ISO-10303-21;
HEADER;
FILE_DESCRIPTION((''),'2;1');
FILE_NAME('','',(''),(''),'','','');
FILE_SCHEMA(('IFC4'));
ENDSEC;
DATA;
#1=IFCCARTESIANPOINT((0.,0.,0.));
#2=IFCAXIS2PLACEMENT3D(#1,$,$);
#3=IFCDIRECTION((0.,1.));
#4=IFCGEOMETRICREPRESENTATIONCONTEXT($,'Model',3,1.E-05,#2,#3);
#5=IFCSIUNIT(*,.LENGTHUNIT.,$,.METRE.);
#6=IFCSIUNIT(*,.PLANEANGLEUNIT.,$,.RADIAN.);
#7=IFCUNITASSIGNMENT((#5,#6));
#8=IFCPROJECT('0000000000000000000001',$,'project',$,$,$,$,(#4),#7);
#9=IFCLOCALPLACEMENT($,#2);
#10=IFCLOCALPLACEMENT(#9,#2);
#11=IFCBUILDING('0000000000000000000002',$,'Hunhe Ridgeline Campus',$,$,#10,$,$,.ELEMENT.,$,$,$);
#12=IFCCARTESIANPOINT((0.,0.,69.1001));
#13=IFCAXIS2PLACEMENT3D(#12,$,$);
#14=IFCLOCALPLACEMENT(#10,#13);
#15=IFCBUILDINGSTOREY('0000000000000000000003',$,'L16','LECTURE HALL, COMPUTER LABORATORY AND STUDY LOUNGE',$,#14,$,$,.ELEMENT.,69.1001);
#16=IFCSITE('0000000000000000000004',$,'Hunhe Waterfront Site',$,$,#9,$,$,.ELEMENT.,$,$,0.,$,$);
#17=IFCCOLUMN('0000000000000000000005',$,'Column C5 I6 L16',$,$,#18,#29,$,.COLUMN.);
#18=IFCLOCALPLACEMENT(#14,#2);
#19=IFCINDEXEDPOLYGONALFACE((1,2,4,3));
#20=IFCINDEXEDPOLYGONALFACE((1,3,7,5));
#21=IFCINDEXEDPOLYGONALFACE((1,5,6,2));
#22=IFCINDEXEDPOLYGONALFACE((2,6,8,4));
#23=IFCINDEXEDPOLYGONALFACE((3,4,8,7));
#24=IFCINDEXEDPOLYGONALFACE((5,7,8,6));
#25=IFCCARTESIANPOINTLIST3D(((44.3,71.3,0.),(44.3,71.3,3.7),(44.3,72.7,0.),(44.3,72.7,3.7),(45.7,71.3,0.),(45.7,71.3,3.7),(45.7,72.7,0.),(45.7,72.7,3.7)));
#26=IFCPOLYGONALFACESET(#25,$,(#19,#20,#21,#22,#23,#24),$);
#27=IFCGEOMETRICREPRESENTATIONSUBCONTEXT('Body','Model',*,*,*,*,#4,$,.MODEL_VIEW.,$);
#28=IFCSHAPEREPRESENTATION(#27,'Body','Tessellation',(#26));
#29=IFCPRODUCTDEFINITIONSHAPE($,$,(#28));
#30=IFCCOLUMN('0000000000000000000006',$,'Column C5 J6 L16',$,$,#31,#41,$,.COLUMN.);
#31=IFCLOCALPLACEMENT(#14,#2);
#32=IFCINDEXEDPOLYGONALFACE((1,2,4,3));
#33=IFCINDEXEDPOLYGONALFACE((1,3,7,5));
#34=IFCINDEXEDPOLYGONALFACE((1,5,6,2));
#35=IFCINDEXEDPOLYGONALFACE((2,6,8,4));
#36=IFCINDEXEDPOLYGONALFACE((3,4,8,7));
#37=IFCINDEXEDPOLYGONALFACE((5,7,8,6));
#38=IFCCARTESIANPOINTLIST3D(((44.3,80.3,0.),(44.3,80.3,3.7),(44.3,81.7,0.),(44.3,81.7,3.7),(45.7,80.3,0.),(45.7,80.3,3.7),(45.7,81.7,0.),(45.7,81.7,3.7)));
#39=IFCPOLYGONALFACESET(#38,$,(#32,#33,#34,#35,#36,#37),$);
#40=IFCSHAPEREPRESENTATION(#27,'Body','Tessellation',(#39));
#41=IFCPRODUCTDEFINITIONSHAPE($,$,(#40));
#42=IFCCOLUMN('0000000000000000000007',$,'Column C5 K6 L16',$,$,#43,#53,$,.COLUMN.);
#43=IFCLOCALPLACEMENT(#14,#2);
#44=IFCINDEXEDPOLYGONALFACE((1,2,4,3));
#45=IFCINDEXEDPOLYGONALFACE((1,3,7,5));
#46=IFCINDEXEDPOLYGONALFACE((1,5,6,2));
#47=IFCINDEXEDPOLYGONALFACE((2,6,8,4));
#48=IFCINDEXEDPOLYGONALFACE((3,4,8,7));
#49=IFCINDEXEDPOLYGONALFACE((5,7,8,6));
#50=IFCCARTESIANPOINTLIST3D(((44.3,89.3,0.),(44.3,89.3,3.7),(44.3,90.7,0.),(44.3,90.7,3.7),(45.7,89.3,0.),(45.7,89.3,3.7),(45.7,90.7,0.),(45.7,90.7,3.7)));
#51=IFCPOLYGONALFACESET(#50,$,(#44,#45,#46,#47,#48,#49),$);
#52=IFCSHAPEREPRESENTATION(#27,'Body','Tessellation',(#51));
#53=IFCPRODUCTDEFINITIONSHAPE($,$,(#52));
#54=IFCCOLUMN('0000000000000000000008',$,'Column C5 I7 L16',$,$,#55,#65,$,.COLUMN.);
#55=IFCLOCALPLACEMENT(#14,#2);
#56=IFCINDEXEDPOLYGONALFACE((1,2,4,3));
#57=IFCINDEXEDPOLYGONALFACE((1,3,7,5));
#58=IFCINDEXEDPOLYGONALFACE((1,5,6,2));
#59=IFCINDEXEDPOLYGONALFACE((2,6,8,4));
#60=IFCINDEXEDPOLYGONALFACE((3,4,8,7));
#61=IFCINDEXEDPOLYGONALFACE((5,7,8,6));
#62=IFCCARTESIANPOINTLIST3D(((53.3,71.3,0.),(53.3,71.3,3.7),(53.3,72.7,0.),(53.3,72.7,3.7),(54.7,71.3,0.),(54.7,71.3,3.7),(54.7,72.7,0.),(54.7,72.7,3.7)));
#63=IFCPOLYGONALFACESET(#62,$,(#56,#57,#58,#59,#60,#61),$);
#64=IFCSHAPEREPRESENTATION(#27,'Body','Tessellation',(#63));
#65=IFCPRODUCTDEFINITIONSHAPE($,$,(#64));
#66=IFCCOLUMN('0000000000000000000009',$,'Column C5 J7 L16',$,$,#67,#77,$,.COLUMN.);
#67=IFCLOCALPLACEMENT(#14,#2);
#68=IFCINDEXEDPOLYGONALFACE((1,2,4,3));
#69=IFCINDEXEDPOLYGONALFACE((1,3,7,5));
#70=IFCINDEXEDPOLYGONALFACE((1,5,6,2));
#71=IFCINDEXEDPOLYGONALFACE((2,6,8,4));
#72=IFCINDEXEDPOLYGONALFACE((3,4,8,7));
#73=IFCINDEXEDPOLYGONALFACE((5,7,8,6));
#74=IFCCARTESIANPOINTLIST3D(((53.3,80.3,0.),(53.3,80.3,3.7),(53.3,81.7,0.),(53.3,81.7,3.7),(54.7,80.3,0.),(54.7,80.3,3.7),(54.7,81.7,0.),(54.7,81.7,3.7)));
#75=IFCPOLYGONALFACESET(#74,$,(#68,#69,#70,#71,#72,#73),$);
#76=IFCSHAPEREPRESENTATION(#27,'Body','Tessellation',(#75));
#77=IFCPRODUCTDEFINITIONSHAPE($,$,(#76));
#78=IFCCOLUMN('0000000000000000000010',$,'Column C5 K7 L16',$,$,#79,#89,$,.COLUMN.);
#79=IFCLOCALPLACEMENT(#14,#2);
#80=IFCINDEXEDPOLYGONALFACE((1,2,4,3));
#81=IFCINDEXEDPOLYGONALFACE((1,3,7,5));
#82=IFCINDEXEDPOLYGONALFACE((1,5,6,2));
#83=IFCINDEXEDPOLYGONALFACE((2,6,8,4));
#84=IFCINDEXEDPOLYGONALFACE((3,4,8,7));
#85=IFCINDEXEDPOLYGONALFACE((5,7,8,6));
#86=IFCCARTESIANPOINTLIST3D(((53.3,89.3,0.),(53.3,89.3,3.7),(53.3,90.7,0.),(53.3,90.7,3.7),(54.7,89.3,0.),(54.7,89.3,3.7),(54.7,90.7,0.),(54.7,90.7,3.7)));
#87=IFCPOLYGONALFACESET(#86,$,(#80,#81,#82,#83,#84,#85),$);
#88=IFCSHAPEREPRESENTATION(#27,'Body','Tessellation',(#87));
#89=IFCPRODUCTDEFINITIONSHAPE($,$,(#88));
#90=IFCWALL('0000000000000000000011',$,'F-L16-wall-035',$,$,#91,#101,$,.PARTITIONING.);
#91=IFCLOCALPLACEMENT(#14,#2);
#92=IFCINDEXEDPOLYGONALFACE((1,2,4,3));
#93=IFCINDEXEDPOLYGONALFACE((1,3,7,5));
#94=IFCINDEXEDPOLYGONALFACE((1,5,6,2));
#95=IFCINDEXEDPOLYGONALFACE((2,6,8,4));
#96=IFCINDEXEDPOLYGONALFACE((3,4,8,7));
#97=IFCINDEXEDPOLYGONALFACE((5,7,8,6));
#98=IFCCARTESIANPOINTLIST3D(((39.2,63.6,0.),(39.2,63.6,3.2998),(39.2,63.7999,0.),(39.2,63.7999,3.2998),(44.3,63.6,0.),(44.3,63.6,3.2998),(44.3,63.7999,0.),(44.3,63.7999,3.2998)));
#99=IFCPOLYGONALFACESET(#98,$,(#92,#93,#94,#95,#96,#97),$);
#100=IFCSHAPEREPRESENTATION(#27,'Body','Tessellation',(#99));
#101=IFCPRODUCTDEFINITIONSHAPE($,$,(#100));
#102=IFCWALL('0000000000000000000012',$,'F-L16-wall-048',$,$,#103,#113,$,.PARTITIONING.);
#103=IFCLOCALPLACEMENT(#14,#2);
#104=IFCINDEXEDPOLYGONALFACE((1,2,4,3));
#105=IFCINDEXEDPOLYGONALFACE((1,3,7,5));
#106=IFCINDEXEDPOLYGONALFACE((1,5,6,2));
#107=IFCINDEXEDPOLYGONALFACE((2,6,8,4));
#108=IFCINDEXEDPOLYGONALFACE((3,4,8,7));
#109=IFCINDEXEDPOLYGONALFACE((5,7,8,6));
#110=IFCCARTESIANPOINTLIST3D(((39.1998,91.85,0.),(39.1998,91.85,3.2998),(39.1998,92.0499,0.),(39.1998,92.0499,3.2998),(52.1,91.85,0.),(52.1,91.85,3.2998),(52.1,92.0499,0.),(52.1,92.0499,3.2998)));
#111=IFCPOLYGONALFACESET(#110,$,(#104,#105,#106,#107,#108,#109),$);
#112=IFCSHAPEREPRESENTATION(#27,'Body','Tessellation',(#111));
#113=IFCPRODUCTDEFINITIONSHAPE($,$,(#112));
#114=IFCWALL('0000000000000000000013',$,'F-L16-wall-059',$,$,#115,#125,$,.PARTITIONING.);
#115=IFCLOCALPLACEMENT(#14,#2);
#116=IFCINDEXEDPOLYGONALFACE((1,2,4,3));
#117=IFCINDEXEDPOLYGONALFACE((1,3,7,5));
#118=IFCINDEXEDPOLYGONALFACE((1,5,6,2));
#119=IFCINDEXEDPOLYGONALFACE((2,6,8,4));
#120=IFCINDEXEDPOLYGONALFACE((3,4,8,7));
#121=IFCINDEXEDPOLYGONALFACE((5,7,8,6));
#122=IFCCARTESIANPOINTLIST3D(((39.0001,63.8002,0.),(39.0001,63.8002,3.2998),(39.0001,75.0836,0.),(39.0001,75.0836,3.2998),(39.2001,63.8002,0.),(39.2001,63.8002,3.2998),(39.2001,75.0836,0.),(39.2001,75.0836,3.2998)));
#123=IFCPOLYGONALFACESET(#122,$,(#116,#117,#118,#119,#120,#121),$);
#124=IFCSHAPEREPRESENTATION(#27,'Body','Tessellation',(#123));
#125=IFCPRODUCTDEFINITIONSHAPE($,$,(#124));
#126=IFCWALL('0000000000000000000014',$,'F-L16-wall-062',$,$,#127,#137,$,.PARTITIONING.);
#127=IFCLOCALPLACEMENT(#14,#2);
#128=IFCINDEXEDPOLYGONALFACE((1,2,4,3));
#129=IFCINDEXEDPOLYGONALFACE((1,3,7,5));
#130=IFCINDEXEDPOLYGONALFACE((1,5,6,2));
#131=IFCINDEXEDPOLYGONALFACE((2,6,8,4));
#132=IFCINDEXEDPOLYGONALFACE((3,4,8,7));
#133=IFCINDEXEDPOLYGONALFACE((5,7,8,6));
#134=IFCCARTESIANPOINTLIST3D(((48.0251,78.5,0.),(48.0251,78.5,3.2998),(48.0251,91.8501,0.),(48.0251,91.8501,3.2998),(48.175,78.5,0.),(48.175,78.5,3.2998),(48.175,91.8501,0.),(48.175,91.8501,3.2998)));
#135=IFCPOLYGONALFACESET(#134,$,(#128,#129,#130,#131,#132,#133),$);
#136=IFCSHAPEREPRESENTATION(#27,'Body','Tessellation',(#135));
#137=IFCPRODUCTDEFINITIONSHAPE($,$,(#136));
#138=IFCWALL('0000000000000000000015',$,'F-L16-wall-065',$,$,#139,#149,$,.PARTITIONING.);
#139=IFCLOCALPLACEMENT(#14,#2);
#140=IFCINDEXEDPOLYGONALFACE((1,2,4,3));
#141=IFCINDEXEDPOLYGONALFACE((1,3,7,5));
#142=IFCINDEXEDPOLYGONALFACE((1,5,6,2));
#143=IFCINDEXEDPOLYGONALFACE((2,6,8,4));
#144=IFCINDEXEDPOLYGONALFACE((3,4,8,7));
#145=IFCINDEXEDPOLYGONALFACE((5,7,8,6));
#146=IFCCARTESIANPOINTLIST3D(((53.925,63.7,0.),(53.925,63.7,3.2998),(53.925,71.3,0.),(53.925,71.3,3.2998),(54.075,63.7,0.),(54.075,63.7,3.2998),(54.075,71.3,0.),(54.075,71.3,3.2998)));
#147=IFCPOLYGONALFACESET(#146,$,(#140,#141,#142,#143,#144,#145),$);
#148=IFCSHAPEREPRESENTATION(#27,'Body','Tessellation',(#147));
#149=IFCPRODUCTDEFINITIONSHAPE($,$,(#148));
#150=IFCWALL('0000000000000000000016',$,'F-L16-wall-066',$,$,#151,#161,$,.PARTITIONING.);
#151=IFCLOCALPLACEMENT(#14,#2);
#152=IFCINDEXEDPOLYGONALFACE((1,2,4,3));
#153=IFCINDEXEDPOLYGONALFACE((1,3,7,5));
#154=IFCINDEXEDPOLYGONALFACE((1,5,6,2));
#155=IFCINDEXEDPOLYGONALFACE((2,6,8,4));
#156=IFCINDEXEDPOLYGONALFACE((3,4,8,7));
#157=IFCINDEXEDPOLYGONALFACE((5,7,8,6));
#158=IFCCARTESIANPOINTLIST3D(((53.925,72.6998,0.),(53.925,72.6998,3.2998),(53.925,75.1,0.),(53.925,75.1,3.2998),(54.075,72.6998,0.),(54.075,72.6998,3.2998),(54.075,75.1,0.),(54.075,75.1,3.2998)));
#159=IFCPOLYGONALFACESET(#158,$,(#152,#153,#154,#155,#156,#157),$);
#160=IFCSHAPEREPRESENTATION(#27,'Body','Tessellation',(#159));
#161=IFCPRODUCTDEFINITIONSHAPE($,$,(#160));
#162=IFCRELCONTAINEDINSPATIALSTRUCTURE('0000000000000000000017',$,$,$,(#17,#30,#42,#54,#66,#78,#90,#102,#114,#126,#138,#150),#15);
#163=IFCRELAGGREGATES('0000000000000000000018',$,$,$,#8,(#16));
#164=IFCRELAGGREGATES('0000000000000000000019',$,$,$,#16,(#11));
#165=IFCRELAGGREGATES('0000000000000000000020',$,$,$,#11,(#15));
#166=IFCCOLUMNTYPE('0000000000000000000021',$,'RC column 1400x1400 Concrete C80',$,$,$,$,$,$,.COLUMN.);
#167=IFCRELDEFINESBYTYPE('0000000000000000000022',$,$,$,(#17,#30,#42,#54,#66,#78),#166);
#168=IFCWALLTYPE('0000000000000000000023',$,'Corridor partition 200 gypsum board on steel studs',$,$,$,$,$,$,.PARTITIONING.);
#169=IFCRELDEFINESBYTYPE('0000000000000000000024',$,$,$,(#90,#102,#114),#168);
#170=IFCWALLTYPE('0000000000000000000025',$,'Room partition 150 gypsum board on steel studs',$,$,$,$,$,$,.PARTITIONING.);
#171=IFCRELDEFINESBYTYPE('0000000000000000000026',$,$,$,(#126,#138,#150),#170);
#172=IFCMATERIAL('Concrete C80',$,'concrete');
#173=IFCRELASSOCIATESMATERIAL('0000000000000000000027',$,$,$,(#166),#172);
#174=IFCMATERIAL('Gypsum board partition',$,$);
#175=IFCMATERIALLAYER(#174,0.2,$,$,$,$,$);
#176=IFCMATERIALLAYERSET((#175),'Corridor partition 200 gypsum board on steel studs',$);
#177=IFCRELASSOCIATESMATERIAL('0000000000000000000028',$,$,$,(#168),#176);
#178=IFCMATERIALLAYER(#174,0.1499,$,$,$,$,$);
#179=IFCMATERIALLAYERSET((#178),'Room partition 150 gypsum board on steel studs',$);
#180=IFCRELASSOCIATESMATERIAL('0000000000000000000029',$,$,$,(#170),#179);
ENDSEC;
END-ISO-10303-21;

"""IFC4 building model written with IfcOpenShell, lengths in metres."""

from ifc_helpers import new_model, si_unit, direction, frame, frame_2d, origin, origin_2d, place, context, subcontext, project, spatial, rectangle, extrude, material, layer, layer_set, material_profile, profile_set, type_object, element, save


model = new_model("IFC4")

# Units and contexts
model_context = context("Model", 3, precision=1e-05, world=origin(), true_north=direction((0.0, 1.0)))
body_context = subcontext(model_context, "Body", "Model", "MODEL_VIEW")
ifc_project = project(units=[si_unit("LENGTHUNIT", "METRE"), si_unit("PLANEANGLEUNIT", "RADIAN")], contexts=[model_context])

# Site, building, storey
site_placement = place(None, origin())
site = spatial("IfcSite", under=ifc_project, at=site_placement, Name="Hunhe Waterfront Site", CompositionType="ELEMENT", RefElevation=0.0)
building_placement = place(site_placement, origin())
building = spatial("IfcBuilding", under=site, at=building_placement, Name="Hunhe Ridgeline Campus", CompositionType="ELEMENT")
storey_placement = place(building_placement, frame((0.0, 0.0, 69.1001)))
storey = spatial("IfcBuildingStorey", under=building, at=storey_placement, Name="L16", Description="LECTURE HALL, COMPUTER LABORATORY AND STUDY LOUNGE", CompositionType="ELEMENT", Elevation=69.1001)

# Columns
ifc_material_1 = material(Name="Concrete C80", Category="concrete")
ifc_material_profile = material_profile(ifc_material_1, rectangle(XDim=1.3999, YDim=1.3999, at=origin_2d()))
ifc_profile_set = profile_set([ifc_material_profile], Name="Concrete C80")
column_type = type_object("IfcColumnType", Name="RC column 1400x1400 Concrete C80", PredefinedType="COLUMN", material=ifc_profile_set)
for number, where, z_axis, x_axis, name in (
    (1, (45.0, 72.0, 0.0), (0.0, 0.0, 1.0), (1.0, 0.0, 0.0), "Column C5 I6 L16"),
    (2, (45.0, 81.0, 0.0), (0.0, 0.0, 1.0), (1.0, 0.0, 0.0), "Column C5 J6 L16"),
    (3, (45.0, 90.0, 0.0), (0.0, 0.0, 1.0), (1.0, 0.0, 0.0), "Column C5 K6 L16"),
    (4, (54.0, 72.0, 0.0), (0.0, 0.0, 1.0), (1.0, 0.0, 0.0), "Column C5 I7 L16"),
    (5, (54.0, 81.0, 0.0), (0.0, 0.0, 1.0), (1.0, 0.0, 0.0), "Column C5 J7 L16"),
    (6, (54.0, 90.0, 0.0), (0.0, 0.0, 1.0), (1.0, 0.0, 0.0), "Column C5 K7 L16"),
):
    element("IfcColumn", number, at=place(storey_placement, frame(where, z_axis=z_axis, x_axis=x_axis)), inside=storey, type_object=column_type, Name=name, PredefinedType="COLUMN", context=body_context, shape_type="SweptSolid", body=[
        extrude(rectangle(XDim=1.3999, YDim=1.3999, at=origin_2d()), origin(), (0.0, 0.0, 1.0), 3.7),
    ])

# Wall
ifc_material_2 = material(Name="Gypsum board partition")
ifc_layer_1 = layer(ifc_material_2, 0.2)
ifc_layer_set_1 = layer_set([ifc_layer_1], Name="Corridor partition 200 gypsum board on steel studs")
wall_type_1 = type_object("IfcWallType", Name="Corridor partition 200 gypsum board on steel studs", PredefinedType="PARTITIONING", material=ifc_layer_set_1)
wall_1_placement = place(storey_placement, frame((39.2, 63.7, 0.0), z_axis=(0.0, 0.0, 1.0), x_axis=(1.0, 0.0, 0.0)))
element("IfcWall", 7, at=wall_1_placement, inside=storey, type_object=wall_type_1, Name="F-L16-wall-035", PredefinedType="PARTITIONING", context=body_context, shape_type="SweptSolid", body=[
    extrude(rectangle(XDim=5.1001, YDim=0.2, at=frame_2d((2.55, 0.0))), origin(), (0.0, 0.0, 1.0), 3.2998),
])

# Walls
wall_2_placement = place(storey_placement, frame((52.1001, 91.95, 0.0), z_axis=(0.0, 0.0, 1.0), x_axis=(-1.0, 0.0, 0.0)))
element("IfcWall", 8, at=wall_2_placement, inside=storey, type_object=wall_type_1, Name="F-L16-wall-048", PredefinedType="PARTITIONING", context=body_context, shape_type="SweptSolid", body=[
    extrude(rectangle(XDim=12.9001, YDim=0.2, at=frame_2d((6.4502, 0.0))), origin(), (0.0, 0.0, 1.0), 3.2998),
])
wall_3_placement = place(storey_placement, frame((39.1001, 75.0835, 0.0), z_axis=(0.0, 0.0, 1.0), x_axis=(0.0, -1.0, 0.0)))
element("IfcWall", 9, at=wall_3_placement, inside=storey, type_object=wall_type_1, Name="F-L16-wall-059", PredefinedType="PARTITIONING", context=body_context, shape_type="SweptSolid", body=[
    extrude(rectangle(XDim=11.2834, YDim=0.2, at=frame_2d((5.6416, 0.0))), origin(), (0.0, 0.0, 1.0), 3.2998),
])

# Walls
ifc_layer_2 = layer(ifc_material_2, 0.1499)
ifc_layer_set_2 = layer_set([ifc_layer_2], Name="Room partition 150 gypsum board on steel studs")
wall_type_2 = type_object("IfcWallType", Name="Room partition 150 gypsum board on steel studs", PredefinedType="PARTITIONING", material=ifc_layer_set_2)
wall_4_placement = place(storey_placement, frame((48.1001, 91.8501, 0.0), z_axis=(0.0, 0.0, 1.0), x_axis=(0.0, -1.0, 0.0)))
element("IfcWall", 10, at=wall_4_placement, inside=storey, type_object=wall_type_2, Name="F-L16-wall-062", PredefinedType="PARTITIONING", context=body_context, shape_type="SweptSolid", body=[
    extrude(rectangle(XDim=13.3501, YDim=0.1499, at=frame_2d((6.675, 0.0))), origin(), (0.0, 0.0, 1.0), 3.2998),
])
wall_5_placement = place(storey_placement, frame((54.0, 71.3, 0.0), z_axis=(0.0, 0.0, 1.0), x_axis=(0.0, -1.0, 0.0)))
element("IfcWall", 11, at=wall_5_placement, inside=storey, type_object=wall_type_2, Name="F-L16-wall-065", PredefinedType="PARTITIONING", context=body_context, shape_type="SweptSolid", body=[
    extrude(rectangle(XDim=7.6001, YDim=0.1499, at=frame_2d((3.8, 0.0))), origin(), (0.0, 0.0, 1.0), 3.2998),
])
wall_6_placement = place(storey_placement, frame((54.0, 75.1001, 0.0), z_axis=(0.0, 0.0, 1.0), x_axis=(0.0, -1.0, 0.0)))
element("IfcWall", 12, at=wall_6_placement, inside=storey, type_object=wall_type_2, Name="F-L16-wall-066", PredefinedType="PARTITIONING", context=body_context, shape_type="SweptSolid", body=[
    extrude(rectangle(XDim=2.4001, YDim=0.1499, at=frame_2d((1.2002, 0.0))), origin(), (0.0, 0.0, 1.0), 3.2998),
])

save(model, "model.ifc")
